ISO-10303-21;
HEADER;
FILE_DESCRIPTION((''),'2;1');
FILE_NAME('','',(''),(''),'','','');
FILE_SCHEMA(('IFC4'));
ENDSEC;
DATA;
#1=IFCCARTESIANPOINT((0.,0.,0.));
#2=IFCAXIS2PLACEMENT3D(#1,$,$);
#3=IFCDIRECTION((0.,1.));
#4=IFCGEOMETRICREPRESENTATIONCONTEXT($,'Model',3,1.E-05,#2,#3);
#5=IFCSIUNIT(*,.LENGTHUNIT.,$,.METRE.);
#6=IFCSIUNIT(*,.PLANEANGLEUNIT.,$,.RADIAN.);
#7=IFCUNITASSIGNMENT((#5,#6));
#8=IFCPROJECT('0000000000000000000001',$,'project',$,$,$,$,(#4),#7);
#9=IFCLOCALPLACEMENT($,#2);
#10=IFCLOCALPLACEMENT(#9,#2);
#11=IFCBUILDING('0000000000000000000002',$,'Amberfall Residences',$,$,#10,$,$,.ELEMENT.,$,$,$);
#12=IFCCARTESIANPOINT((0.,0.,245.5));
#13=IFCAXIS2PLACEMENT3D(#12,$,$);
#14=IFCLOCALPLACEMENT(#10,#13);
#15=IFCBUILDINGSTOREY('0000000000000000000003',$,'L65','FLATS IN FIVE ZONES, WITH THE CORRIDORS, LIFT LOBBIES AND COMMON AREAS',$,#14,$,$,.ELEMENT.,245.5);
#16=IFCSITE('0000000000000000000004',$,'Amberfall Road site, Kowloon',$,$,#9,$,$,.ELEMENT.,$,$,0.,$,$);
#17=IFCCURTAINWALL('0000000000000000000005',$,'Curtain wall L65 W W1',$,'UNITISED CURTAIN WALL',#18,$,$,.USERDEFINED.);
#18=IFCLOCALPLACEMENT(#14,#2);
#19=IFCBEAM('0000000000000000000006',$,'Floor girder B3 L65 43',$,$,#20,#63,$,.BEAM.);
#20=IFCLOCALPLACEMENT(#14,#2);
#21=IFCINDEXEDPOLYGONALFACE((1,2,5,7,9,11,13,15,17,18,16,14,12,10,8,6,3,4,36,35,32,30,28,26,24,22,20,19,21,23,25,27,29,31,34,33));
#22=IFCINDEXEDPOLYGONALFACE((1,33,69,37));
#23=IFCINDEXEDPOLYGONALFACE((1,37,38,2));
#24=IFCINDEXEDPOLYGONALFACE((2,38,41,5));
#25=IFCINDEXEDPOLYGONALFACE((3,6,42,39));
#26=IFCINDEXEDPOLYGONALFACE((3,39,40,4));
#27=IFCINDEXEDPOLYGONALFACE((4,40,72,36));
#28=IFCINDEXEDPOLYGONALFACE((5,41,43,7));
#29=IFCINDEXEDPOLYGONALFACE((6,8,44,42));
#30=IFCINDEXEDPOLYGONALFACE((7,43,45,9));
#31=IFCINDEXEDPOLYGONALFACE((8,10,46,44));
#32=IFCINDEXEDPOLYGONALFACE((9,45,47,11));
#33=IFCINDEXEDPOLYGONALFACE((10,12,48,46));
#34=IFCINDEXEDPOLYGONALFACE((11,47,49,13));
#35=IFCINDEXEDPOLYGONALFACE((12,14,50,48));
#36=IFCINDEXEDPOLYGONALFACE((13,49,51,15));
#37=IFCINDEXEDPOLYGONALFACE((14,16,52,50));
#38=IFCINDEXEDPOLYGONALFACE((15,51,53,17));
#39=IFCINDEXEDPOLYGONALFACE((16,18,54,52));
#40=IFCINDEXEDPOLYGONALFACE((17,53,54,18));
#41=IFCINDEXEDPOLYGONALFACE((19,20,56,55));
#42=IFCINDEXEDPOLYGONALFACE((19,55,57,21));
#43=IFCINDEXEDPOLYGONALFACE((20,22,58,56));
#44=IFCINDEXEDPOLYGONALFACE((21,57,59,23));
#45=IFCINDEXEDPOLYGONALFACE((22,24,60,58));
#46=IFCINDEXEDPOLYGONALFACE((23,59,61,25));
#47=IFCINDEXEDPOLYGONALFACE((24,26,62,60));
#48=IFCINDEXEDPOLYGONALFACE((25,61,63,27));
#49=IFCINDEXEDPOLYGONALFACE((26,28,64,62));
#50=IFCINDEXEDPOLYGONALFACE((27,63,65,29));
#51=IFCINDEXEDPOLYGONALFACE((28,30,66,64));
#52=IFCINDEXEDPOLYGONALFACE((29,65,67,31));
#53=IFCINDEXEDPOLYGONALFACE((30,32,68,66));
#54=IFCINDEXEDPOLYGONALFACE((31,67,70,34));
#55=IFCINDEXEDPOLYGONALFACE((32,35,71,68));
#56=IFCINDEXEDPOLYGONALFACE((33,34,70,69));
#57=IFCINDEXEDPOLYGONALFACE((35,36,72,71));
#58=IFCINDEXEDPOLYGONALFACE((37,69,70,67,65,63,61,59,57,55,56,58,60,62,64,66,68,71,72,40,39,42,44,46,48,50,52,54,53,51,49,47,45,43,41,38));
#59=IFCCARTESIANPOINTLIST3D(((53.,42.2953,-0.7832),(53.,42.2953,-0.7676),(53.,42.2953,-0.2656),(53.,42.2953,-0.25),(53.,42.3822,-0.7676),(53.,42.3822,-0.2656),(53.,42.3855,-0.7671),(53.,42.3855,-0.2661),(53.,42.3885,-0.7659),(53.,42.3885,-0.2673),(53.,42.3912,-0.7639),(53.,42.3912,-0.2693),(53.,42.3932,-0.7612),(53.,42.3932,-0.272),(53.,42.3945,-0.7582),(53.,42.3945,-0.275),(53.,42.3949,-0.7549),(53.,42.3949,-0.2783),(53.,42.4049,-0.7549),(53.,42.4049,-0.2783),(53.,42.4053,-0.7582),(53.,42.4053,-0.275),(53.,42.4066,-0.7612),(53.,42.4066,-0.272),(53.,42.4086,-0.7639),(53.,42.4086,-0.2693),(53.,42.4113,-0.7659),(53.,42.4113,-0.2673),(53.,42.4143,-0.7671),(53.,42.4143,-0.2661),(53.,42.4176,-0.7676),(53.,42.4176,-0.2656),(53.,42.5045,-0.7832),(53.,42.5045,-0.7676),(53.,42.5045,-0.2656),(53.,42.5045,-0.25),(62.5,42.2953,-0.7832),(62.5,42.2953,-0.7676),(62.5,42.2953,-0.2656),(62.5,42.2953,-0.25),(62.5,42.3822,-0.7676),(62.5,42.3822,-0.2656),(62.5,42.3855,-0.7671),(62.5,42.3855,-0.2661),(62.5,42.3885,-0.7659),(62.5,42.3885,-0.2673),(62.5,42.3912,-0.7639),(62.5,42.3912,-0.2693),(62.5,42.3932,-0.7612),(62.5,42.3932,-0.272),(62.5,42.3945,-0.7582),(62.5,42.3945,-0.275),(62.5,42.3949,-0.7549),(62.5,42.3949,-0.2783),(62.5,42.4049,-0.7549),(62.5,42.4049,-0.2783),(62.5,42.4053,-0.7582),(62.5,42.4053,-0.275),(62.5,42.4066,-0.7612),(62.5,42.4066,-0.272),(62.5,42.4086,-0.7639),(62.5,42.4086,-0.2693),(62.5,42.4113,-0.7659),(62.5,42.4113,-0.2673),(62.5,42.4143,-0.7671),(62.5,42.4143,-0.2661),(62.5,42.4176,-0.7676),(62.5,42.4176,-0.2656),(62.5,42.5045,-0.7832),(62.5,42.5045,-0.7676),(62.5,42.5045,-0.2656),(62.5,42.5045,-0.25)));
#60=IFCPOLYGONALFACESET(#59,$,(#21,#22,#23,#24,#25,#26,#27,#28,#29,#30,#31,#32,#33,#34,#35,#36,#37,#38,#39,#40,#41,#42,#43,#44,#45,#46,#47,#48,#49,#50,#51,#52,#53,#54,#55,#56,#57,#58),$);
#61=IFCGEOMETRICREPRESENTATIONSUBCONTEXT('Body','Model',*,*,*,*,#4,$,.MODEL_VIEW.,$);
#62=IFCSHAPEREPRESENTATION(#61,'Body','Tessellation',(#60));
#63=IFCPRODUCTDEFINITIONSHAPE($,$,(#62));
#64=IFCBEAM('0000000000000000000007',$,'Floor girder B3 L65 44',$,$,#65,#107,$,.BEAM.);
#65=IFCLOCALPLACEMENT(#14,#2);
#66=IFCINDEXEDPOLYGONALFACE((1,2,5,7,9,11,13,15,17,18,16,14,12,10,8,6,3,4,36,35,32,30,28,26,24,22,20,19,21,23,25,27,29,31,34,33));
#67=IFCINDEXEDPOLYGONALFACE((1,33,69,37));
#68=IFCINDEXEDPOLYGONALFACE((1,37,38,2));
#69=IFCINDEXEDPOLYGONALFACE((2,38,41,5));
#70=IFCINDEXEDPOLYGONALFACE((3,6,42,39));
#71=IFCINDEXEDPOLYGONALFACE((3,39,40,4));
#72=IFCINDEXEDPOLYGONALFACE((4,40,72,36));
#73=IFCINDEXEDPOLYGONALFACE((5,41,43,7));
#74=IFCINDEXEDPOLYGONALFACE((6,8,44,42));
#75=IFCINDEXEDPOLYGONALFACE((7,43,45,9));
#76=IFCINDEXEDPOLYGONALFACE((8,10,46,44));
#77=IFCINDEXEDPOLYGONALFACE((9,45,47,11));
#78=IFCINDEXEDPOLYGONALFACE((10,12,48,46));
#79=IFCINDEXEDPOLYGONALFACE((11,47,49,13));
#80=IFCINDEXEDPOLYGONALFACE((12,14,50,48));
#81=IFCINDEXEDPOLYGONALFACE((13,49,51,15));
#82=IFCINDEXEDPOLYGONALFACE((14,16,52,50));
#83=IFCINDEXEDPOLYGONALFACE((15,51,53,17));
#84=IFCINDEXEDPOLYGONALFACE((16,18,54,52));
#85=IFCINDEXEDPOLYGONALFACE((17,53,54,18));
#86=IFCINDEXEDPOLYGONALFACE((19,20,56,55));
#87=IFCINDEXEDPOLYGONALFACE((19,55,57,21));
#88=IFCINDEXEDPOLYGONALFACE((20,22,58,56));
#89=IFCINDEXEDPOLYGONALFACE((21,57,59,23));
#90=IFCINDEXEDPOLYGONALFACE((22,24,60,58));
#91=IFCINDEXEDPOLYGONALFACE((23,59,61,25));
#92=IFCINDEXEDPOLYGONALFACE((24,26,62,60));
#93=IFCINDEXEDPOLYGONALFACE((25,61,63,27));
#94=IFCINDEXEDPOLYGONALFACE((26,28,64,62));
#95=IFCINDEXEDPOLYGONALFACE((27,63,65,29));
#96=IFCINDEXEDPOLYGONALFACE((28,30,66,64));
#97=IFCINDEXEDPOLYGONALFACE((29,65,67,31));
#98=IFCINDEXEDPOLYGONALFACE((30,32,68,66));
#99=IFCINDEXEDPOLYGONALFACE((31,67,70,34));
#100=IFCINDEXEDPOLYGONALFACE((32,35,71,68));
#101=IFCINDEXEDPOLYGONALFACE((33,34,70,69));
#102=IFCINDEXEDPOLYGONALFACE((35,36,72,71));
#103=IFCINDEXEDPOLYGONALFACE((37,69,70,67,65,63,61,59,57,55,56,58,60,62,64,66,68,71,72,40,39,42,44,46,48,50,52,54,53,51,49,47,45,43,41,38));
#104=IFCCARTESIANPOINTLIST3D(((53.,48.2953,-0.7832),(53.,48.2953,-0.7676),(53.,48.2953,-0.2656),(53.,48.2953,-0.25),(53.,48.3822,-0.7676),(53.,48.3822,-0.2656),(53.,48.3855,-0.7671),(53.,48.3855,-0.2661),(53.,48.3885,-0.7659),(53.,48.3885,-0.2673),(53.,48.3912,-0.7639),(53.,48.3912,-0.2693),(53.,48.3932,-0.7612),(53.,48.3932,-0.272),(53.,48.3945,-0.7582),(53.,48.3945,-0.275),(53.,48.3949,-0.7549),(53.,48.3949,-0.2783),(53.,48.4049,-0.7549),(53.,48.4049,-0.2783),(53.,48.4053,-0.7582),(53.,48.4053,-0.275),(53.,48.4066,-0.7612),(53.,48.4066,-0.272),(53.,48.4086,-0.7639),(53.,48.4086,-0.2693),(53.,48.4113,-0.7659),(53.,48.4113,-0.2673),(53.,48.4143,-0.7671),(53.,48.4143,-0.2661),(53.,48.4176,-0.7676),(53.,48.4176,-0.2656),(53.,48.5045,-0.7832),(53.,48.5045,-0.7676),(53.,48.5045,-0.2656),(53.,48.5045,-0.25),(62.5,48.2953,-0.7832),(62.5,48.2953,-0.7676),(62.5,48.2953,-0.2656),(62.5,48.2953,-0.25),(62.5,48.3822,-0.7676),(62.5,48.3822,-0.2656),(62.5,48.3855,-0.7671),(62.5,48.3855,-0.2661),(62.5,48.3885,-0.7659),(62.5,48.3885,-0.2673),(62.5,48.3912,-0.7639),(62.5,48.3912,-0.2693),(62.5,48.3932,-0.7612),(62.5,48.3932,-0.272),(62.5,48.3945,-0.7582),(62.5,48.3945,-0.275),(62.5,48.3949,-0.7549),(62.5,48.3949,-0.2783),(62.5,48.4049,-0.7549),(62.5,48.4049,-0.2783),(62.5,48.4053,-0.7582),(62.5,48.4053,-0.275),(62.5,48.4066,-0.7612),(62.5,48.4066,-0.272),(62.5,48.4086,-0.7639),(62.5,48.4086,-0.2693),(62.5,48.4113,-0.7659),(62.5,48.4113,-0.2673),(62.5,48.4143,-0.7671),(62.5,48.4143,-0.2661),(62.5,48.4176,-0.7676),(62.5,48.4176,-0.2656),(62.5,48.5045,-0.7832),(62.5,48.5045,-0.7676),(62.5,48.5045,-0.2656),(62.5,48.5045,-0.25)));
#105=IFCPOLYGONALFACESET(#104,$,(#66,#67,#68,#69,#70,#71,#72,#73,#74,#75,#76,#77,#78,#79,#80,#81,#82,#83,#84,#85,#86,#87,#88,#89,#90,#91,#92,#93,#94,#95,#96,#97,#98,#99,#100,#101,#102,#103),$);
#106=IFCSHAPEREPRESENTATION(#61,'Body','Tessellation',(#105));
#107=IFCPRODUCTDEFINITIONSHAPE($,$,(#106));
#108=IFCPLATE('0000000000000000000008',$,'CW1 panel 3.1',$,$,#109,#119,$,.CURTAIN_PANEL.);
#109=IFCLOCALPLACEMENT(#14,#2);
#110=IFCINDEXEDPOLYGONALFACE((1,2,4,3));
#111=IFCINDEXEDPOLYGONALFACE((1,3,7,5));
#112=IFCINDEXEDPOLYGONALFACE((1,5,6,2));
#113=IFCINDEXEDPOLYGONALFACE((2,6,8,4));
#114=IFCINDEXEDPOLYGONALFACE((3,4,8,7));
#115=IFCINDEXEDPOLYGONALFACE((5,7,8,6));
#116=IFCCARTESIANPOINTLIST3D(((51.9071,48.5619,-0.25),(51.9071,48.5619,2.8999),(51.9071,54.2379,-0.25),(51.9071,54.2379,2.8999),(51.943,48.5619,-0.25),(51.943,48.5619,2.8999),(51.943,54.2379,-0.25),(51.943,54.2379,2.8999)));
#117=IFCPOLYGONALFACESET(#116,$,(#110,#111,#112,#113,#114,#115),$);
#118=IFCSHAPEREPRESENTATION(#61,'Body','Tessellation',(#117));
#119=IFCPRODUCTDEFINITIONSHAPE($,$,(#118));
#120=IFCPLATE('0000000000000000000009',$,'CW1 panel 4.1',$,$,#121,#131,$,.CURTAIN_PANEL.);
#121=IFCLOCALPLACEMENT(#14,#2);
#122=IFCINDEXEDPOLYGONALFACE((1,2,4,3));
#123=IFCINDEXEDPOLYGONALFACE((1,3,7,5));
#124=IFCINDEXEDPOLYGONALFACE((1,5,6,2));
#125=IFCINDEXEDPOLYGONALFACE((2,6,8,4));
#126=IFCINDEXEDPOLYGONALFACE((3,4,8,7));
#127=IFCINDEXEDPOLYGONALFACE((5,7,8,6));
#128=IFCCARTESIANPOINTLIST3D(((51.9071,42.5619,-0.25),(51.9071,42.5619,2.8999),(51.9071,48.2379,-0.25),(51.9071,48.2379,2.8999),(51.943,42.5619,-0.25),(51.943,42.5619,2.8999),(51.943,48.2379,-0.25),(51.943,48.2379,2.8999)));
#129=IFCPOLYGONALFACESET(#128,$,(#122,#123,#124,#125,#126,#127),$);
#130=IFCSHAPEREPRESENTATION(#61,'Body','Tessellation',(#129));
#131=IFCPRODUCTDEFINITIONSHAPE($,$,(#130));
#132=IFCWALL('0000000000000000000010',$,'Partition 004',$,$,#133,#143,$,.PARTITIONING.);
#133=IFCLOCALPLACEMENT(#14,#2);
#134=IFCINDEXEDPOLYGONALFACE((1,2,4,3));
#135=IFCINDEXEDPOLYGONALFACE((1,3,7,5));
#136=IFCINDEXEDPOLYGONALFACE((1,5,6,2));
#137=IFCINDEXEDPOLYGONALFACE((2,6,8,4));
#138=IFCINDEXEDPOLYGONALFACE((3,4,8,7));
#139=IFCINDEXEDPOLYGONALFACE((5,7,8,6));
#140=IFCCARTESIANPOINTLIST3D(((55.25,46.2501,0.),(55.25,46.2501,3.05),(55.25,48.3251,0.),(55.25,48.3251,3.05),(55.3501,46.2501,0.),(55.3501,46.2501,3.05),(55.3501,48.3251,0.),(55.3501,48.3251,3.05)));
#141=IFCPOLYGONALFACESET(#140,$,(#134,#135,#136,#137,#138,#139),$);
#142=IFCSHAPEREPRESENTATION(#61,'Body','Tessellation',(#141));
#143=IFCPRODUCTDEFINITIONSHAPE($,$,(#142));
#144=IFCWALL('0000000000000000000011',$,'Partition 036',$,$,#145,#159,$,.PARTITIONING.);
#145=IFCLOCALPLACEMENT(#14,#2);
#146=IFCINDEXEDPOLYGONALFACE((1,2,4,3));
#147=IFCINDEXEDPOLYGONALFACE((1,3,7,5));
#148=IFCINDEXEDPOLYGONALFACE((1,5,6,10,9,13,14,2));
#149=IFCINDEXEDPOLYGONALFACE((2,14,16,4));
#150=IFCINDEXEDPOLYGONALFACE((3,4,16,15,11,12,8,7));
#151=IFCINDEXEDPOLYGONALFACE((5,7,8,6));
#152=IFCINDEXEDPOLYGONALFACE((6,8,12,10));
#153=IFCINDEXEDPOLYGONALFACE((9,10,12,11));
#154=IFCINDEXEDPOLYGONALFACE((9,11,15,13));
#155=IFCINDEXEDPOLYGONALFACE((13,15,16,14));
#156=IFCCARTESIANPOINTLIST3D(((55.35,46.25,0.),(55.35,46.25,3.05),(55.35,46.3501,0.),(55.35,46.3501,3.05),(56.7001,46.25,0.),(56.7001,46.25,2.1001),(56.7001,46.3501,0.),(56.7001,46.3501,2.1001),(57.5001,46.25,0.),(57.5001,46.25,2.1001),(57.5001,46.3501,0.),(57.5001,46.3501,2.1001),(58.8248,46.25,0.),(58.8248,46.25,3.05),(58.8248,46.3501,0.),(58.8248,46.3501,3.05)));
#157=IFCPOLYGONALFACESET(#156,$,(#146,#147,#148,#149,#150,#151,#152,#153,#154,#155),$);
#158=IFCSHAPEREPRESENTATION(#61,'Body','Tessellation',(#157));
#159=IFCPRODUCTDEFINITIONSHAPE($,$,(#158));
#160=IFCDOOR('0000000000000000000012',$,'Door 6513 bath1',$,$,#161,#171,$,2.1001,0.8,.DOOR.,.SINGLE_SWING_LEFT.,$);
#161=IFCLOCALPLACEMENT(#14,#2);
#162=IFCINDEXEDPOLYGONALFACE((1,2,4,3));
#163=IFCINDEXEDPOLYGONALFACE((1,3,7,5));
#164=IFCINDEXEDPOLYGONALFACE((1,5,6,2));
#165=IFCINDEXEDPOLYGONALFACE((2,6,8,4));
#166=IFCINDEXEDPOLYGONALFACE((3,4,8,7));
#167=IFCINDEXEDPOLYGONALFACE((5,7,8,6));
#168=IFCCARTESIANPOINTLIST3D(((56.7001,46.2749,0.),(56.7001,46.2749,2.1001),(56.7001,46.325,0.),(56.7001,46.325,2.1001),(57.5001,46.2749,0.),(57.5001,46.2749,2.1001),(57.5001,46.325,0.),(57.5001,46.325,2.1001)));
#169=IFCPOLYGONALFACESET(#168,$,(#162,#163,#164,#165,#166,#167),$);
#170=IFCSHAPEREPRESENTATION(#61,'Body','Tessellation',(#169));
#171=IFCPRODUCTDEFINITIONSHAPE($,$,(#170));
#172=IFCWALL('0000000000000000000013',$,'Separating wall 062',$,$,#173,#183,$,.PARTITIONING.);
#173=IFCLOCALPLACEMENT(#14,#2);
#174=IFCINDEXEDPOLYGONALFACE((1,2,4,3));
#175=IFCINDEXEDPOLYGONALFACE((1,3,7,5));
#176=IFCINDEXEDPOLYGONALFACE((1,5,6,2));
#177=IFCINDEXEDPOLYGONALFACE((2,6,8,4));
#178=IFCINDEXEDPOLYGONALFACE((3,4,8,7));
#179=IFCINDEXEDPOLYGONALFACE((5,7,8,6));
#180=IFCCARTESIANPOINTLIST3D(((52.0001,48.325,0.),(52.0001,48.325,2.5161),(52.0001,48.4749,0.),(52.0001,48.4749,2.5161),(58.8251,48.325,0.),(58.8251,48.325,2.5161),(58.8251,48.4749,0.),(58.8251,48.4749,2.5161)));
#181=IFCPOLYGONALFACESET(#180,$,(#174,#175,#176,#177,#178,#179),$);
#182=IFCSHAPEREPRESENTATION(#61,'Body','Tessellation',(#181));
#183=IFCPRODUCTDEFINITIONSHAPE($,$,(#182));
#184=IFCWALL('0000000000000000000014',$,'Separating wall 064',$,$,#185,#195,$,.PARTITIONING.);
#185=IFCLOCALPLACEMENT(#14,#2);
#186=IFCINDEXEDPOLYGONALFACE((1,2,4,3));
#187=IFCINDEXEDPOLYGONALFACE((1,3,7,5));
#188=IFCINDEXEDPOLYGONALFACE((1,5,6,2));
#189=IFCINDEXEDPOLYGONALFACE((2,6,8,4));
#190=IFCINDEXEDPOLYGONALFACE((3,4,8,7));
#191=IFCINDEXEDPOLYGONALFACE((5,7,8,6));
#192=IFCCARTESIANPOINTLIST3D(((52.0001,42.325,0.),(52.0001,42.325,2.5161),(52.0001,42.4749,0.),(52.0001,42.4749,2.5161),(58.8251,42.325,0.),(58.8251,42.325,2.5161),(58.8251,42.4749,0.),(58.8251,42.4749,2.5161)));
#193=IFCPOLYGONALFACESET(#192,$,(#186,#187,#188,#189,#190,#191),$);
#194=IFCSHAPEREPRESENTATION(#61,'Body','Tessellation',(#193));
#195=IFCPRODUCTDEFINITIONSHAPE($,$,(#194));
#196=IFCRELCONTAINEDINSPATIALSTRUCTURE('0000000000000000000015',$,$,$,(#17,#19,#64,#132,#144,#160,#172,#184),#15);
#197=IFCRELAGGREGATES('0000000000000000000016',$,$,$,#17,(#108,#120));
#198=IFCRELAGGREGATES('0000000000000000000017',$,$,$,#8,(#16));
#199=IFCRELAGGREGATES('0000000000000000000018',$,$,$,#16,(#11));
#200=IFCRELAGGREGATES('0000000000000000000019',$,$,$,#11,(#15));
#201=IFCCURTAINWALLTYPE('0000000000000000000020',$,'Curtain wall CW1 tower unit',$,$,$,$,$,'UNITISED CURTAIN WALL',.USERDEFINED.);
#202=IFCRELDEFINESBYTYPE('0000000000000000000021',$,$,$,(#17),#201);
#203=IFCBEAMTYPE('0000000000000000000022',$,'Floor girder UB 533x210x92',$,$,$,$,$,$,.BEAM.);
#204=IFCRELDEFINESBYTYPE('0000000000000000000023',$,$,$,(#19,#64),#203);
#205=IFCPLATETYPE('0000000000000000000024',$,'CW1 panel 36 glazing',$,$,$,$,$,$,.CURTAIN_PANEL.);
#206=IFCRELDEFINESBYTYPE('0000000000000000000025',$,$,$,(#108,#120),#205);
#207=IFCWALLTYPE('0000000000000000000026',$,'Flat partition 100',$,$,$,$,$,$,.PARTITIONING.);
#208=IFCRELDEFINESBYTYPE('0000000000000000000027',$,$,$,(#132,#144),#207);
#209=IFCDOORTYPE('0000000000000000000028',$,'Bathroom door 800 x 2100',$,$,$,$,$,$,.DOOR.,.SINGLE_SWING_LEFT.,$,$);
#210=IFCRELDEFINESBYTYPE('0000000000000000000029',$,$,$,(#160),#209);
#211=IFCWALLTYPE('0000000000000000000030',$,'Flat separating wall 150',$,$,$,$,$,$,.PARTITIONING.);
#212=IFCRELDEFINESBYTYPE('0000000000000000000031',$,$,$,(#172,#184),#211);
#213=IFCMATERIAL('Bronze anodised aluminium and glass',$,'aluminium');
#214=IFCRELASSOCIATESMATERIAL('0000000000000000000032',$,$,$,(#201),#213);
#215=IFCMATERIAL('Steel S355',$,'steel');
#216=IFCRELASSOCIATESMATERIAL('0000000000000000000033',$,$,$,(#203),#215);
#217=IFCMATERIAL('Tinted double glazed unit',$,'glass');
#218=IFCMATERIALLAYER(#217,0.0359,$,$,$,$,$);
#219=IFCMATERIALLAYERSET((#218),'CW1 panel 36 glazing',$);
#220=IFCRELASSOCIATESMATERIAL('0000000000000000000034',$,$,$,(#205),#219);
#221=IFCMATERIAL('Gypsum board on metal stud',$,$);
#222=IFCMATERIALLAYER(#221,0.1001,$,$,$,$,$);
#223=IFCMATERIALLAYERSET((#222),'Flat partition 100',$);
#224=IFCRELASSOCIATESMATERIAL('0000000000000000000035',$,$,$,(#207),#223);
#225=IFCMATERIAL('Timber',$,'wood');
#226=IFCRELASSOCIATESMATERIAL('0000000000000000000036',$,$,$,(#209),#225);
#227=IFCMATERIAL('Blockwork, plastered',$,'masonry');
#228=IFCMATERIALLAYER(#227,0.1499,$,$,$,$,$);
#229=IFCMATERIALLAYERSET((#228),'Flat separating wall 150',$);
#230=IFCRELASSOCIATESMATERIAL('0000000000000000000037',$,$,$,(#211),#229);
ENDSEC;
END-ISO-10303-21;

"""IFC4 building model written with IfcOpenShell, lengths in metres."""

from ifc_helpers import new_model, si_unit, direction, frame, frame_2d, origin, origin_2d, place, context, subcontext, project, spatial, rectangle, i_section, extrude, material, layer, layer_set, material_profile, profile_set, type_object, element, fill, aggregate, save


model = new_model("IFC4")

# Units and contexts
model_context = context("Model", 3, precision=1e-05, world=origin(), true_north=direction((0.0, 1.0)))
body_context = subcontext(model_context, "Body", "Model", "MODEL_VIEW")
ifc_project = project(units=[si_unit("LENGTHUNIT", "METRE"), si_unit("PLANEANGLEUNIT", "RADIAN")], contexts=[model_context])

# Site, building, storey
site_placement = place(None, origin())
site = spatial("IfcSite", under=ifc_project, at=site_placement, Name="Amberfall Road site, Kowloon", CompositionType="ELEMENT", RefElevation=0.0)
building_placement = place(site_placement, origin())
building = spatial("IfcBuilding", under=site, at=building_placement, Name="Amberfall Residences", CompositionType="ELEMENT")
storey_placement = place(building_placement, frame((0.0, 0.0, 245.5)))
storey = spatial("IfcBuildingStorey", under=building, at=storey_placement, Name="L65", Description="FLATS IN FIVE ZONES, WITH THE CORRIDORS, LIFT LOBBIES AND COMMON AREAS", CompositionType="ELEMENT", Elevation=245.5)

# Curtain wall
ifc_material_1 = material(Name="Bronze anodised aluminium and glass", Category="aluminium")
curtain_wall_type = type_object("IfcCurtainWallType", Name="Curtain wall CW1 tower unit", ElementType="UNITISED CURTAIN WALL", PredefinedType="USERDEFINED", material=ifc_material_1)
curtain_wall_placement = place(storey_placement, origin())
curtain_wall = element("IfcCurtainWall", 1, at=curtain_wall_placement, inside=storey, type_object=curtain_wall_type, Name="Curtain wall L65 W W1", ObjectType="UNITISED CURTAIN WALL", PredefinedType="USERDEFINED")

# Shared definitions
ifc_material_2 = material(Name="Steel S355", Category="steel")

# Beams
ifc_material_profile_1 = material_profile(ifc_material_2, i_section(OverallWidth=0.2092, OverallDepth=0.5332, WebThickness=0.01, FlangeThickness=0.0156, FilletRadius=0.0127, at=origin_2d()), Name="UB 533x210x92")
ifc_profile_set_1 = profile_set([ifc_material_profile_1], Name="Steel S355")
beam_type_1 = type_object("IfcBeamType", Name="Floor girder UB 533x210x92", PredefinedType="BEAM", material=ifc_profile_set_1)
for number, where, z_axis, x_axis, name in (
    (2, (53.0, 42.3999, -0.5166), (1.0, 0.0, 0.0), (0.0, 1.0, 0.0), "Floor girder B3 L65 43"),
    (3, (53.0, 48.3999, -0.5166), (1.0, 0.0, 0.0), (0.0, 1.0, 0.0), "Floor girder B3 L65 44"),
):
    element("IfcBeam", number, at=place(storey_placement, frame(where, z_axis=z_axis, x_axis=x_axis)), inside=storey, type_object=beam_type_1, Name=name, PredefinedType="BEAM", context=body_context, shape_type="SweptSolid", body=[
        extrude(i_section(OverallWidth=0.2092, OverallDepth=0.5332, WebThickness=0.01, FlangeThickness=0.0156, FilletRadius=0.0127, at=origin_2d()), origin(), (0.0, 0.0, 1.0), 9.5),
    ])

# Plates
ifc_material_3 = material(Name="Tinted double glazed unit", Category="glass")
ifc_layer_1 = layer(ifc_material_3, 0.0359)
ifc_layer_set_1 = layer_set([ifc_layer_1], Name="CW1 panel 36 glazing")
plate_type = type_object("IfcPlateType", Name="CW1 panel 36 glazing", PredefinedType="CURTAIN_PANEL", material=ifc_layer_set_1)
plate_1_placement = place(storey_placement, frame((51.925, 51.3999, -0.25), z_axis=(0.0, 0.0, 1.0), x_axis=(0.0, -1.0, 0.0)))
plate_1 = element("IfcPlate", 4, at=plate_1_placement, type_object=plate_type, Name="CW1 panel 3.1", PredefinedType="CURTAIN_PANEL", context=body_context, shape_type="SweptSolid", body=[
    extrude(rectangle(XDim=5.676, YDim=0.0359, at=origin_2d()), origin(), (0.0, 0.0, 1.0), 3.1499),
])
plate_2_placement = place(storey_placement, frame((51.925, 45.3999, -0.25), z_axis=(0.0, 0.0, 1.0), x_axis=(0.0, -1.0, 0.0)))
plate_2 = element("IfcPlate", 5, at=plate_2_placement, type_object=plate_type, Name="CW1 panel 4.1", PredefinedType="CURTAIN_PANEL", context=body_context, shape_type="SweptSolid", body=[
    extrude(rectangle(XDim=5.676, YDim=0.0359, at=origin_2d()), origin(), (0.0, 0.0, 1.0), 3.1499),
])
aggregate(curtain_wall, [plate_1, plate_2])

# Wall
ifc_material_4 = material(Name="Gypsum board on metal stud")
ifc_layer_2 = layer(ifc_material_4, 0.1001)
ifc_layer_set_2 = layer_set([ifc_layer_2], Name="Flat partition 100")
wall_type_1 = type_object("IfcWallType", Name="Flat partition 100", PredefinedType="PARTITIONING", material=ifc_layer_set_2)
wall_1_placement = place(storey_placement, frame((55.3, 46.25, 0.0), z_axis=(0.0, 0.0, 1.0), x_axis=(0.0, 1.0, 0.0)))
element("IfcWall", 6, at=wall_1_placement, inside=storey, type_object=wall_type_1, Name="Partition 004", PredefinedType="PARTITIONING", context=body_context, shape_type="SweptSolid", body=[
    extrude(rectangle(XDim=2.075, YDim=0.1001, at=frame_2d((1.0376, 0.0))), origin(), (0.0, 0.0, 1.0), 3.05),
])

# Wall, opening, door
wall_2_placement = place(storey_placement, frame((55.3501, 46.3, 0.0), z_axis=(0.0, 0.0, 1.0), x_axis=(1.0, 0.0, 0.0)))
wall_2 = element("IfcWall", 7, at=wall_2_placement, inside=storey, type_object=wall_type_1, Name="Partition 036", PredefinedType="PARTITIONING", context=body_context, shape_type="SweptSolid", body=[
    extrude(rectangle(XDim=3.4749, YDim=0.1001, at=frame_2d((1.7373, 0.0))), origin(), (0.0, 0.0, 1.0), 3.05),
])
opening_placement = place(wall_2_placement, frame((1.3501, 0.0, 0.0)))
opening = element("IfcOpeningElement", 8, at=opening_placement, cuts=wall_2, PredefinedType="OPENING", context=body_context, shape_type="SweptSolid", body=[
    extrude(rectangle(XDim=0.8, YDim=2.1001, at=frame_2d((0.3999, 1.05))), frame((0.0, 0.0601, 0.0), z_axis=(0.0, -1.0, 0.0), x_axis=(1.0, 0.0, 0.0)), (0.0, 0.0, 1.0), 0.1201),
])
ifc_material_5 = material(Name="Timber", Category="wood")
door_type = type_object("IfcDoorType", Name="Bathroom door 800 x 2100", OperationType="SINGLE_SWING_LEFT", PredefinedType="DOOR", material=ifc_material_5)
door_placement = place(opening_placement, origin())
door = element("IfcDoor", 9, at=door_placement, inside=storey, type_object=door_type, Name="Door 6513 bath1", OperationType="SINGLE_SWING_LEFT", OverallHeight=2.1001, OverallWidth=0.8, PredefinedType="DOOR", context=body_context, shape_type="SweptSolid", body=[
    extrude(rectangle(XDim=0.8, YDim=2.1001, at=frame_2d((0.3999, 1.05))), frame((0.0, 0.0249, 0.0), z_axis=(0.0, -1.0, 0.0), x_axis=(1.0, 0.0, 0.0)), (0.0, 0.0, 1.0), 0.05),
])
fill(opening, door)

# Walls
ifc_material_6 = material(Name="Blockwork, plastered", Category="masonry")
ifc_layer_3 = layer(ifc_material_6, 0.1499)
ifc_layer_set_3 = layer_set([ifc_layer_3], Name="Flat separating wall 150")
wall_type_2 = type_object("IfcWallType", Name="Flat separating wall 150", PredefinedType="PARTITIONING", material=ifc_layer_set_3)
for number, where, z_axis, x_axis, name in (
    (10, (52.0, 48.3999, 0.0), (0.0, 0.0, 1.0), (1.0, 0.0, 0.0), "Separating wall 062"),
    (11, (52.0, 42.3999, 0.0), (0.0, 0.0, 1.0), (1.0, 0.0, 0.0), "Separating wall 064"),
):
    element("IfcWall", number, at=place(storey_placement, frame(where, z_axis=z_axis, x_axis=x_axis)), inside=storey, type_object=wall_type_2, Name=name, PredefinedType="PARTITIONING", context=body_context, shape_type="SweptSolid", body=[
        extrude(rectangle(XDim=6.825, YDim=0.1499, at=frame_2d((3.4126, 0.0))), origin(), (0.0, 0.0, 1.0), 2.5161),
    ])

save(model, "model.ifc")
